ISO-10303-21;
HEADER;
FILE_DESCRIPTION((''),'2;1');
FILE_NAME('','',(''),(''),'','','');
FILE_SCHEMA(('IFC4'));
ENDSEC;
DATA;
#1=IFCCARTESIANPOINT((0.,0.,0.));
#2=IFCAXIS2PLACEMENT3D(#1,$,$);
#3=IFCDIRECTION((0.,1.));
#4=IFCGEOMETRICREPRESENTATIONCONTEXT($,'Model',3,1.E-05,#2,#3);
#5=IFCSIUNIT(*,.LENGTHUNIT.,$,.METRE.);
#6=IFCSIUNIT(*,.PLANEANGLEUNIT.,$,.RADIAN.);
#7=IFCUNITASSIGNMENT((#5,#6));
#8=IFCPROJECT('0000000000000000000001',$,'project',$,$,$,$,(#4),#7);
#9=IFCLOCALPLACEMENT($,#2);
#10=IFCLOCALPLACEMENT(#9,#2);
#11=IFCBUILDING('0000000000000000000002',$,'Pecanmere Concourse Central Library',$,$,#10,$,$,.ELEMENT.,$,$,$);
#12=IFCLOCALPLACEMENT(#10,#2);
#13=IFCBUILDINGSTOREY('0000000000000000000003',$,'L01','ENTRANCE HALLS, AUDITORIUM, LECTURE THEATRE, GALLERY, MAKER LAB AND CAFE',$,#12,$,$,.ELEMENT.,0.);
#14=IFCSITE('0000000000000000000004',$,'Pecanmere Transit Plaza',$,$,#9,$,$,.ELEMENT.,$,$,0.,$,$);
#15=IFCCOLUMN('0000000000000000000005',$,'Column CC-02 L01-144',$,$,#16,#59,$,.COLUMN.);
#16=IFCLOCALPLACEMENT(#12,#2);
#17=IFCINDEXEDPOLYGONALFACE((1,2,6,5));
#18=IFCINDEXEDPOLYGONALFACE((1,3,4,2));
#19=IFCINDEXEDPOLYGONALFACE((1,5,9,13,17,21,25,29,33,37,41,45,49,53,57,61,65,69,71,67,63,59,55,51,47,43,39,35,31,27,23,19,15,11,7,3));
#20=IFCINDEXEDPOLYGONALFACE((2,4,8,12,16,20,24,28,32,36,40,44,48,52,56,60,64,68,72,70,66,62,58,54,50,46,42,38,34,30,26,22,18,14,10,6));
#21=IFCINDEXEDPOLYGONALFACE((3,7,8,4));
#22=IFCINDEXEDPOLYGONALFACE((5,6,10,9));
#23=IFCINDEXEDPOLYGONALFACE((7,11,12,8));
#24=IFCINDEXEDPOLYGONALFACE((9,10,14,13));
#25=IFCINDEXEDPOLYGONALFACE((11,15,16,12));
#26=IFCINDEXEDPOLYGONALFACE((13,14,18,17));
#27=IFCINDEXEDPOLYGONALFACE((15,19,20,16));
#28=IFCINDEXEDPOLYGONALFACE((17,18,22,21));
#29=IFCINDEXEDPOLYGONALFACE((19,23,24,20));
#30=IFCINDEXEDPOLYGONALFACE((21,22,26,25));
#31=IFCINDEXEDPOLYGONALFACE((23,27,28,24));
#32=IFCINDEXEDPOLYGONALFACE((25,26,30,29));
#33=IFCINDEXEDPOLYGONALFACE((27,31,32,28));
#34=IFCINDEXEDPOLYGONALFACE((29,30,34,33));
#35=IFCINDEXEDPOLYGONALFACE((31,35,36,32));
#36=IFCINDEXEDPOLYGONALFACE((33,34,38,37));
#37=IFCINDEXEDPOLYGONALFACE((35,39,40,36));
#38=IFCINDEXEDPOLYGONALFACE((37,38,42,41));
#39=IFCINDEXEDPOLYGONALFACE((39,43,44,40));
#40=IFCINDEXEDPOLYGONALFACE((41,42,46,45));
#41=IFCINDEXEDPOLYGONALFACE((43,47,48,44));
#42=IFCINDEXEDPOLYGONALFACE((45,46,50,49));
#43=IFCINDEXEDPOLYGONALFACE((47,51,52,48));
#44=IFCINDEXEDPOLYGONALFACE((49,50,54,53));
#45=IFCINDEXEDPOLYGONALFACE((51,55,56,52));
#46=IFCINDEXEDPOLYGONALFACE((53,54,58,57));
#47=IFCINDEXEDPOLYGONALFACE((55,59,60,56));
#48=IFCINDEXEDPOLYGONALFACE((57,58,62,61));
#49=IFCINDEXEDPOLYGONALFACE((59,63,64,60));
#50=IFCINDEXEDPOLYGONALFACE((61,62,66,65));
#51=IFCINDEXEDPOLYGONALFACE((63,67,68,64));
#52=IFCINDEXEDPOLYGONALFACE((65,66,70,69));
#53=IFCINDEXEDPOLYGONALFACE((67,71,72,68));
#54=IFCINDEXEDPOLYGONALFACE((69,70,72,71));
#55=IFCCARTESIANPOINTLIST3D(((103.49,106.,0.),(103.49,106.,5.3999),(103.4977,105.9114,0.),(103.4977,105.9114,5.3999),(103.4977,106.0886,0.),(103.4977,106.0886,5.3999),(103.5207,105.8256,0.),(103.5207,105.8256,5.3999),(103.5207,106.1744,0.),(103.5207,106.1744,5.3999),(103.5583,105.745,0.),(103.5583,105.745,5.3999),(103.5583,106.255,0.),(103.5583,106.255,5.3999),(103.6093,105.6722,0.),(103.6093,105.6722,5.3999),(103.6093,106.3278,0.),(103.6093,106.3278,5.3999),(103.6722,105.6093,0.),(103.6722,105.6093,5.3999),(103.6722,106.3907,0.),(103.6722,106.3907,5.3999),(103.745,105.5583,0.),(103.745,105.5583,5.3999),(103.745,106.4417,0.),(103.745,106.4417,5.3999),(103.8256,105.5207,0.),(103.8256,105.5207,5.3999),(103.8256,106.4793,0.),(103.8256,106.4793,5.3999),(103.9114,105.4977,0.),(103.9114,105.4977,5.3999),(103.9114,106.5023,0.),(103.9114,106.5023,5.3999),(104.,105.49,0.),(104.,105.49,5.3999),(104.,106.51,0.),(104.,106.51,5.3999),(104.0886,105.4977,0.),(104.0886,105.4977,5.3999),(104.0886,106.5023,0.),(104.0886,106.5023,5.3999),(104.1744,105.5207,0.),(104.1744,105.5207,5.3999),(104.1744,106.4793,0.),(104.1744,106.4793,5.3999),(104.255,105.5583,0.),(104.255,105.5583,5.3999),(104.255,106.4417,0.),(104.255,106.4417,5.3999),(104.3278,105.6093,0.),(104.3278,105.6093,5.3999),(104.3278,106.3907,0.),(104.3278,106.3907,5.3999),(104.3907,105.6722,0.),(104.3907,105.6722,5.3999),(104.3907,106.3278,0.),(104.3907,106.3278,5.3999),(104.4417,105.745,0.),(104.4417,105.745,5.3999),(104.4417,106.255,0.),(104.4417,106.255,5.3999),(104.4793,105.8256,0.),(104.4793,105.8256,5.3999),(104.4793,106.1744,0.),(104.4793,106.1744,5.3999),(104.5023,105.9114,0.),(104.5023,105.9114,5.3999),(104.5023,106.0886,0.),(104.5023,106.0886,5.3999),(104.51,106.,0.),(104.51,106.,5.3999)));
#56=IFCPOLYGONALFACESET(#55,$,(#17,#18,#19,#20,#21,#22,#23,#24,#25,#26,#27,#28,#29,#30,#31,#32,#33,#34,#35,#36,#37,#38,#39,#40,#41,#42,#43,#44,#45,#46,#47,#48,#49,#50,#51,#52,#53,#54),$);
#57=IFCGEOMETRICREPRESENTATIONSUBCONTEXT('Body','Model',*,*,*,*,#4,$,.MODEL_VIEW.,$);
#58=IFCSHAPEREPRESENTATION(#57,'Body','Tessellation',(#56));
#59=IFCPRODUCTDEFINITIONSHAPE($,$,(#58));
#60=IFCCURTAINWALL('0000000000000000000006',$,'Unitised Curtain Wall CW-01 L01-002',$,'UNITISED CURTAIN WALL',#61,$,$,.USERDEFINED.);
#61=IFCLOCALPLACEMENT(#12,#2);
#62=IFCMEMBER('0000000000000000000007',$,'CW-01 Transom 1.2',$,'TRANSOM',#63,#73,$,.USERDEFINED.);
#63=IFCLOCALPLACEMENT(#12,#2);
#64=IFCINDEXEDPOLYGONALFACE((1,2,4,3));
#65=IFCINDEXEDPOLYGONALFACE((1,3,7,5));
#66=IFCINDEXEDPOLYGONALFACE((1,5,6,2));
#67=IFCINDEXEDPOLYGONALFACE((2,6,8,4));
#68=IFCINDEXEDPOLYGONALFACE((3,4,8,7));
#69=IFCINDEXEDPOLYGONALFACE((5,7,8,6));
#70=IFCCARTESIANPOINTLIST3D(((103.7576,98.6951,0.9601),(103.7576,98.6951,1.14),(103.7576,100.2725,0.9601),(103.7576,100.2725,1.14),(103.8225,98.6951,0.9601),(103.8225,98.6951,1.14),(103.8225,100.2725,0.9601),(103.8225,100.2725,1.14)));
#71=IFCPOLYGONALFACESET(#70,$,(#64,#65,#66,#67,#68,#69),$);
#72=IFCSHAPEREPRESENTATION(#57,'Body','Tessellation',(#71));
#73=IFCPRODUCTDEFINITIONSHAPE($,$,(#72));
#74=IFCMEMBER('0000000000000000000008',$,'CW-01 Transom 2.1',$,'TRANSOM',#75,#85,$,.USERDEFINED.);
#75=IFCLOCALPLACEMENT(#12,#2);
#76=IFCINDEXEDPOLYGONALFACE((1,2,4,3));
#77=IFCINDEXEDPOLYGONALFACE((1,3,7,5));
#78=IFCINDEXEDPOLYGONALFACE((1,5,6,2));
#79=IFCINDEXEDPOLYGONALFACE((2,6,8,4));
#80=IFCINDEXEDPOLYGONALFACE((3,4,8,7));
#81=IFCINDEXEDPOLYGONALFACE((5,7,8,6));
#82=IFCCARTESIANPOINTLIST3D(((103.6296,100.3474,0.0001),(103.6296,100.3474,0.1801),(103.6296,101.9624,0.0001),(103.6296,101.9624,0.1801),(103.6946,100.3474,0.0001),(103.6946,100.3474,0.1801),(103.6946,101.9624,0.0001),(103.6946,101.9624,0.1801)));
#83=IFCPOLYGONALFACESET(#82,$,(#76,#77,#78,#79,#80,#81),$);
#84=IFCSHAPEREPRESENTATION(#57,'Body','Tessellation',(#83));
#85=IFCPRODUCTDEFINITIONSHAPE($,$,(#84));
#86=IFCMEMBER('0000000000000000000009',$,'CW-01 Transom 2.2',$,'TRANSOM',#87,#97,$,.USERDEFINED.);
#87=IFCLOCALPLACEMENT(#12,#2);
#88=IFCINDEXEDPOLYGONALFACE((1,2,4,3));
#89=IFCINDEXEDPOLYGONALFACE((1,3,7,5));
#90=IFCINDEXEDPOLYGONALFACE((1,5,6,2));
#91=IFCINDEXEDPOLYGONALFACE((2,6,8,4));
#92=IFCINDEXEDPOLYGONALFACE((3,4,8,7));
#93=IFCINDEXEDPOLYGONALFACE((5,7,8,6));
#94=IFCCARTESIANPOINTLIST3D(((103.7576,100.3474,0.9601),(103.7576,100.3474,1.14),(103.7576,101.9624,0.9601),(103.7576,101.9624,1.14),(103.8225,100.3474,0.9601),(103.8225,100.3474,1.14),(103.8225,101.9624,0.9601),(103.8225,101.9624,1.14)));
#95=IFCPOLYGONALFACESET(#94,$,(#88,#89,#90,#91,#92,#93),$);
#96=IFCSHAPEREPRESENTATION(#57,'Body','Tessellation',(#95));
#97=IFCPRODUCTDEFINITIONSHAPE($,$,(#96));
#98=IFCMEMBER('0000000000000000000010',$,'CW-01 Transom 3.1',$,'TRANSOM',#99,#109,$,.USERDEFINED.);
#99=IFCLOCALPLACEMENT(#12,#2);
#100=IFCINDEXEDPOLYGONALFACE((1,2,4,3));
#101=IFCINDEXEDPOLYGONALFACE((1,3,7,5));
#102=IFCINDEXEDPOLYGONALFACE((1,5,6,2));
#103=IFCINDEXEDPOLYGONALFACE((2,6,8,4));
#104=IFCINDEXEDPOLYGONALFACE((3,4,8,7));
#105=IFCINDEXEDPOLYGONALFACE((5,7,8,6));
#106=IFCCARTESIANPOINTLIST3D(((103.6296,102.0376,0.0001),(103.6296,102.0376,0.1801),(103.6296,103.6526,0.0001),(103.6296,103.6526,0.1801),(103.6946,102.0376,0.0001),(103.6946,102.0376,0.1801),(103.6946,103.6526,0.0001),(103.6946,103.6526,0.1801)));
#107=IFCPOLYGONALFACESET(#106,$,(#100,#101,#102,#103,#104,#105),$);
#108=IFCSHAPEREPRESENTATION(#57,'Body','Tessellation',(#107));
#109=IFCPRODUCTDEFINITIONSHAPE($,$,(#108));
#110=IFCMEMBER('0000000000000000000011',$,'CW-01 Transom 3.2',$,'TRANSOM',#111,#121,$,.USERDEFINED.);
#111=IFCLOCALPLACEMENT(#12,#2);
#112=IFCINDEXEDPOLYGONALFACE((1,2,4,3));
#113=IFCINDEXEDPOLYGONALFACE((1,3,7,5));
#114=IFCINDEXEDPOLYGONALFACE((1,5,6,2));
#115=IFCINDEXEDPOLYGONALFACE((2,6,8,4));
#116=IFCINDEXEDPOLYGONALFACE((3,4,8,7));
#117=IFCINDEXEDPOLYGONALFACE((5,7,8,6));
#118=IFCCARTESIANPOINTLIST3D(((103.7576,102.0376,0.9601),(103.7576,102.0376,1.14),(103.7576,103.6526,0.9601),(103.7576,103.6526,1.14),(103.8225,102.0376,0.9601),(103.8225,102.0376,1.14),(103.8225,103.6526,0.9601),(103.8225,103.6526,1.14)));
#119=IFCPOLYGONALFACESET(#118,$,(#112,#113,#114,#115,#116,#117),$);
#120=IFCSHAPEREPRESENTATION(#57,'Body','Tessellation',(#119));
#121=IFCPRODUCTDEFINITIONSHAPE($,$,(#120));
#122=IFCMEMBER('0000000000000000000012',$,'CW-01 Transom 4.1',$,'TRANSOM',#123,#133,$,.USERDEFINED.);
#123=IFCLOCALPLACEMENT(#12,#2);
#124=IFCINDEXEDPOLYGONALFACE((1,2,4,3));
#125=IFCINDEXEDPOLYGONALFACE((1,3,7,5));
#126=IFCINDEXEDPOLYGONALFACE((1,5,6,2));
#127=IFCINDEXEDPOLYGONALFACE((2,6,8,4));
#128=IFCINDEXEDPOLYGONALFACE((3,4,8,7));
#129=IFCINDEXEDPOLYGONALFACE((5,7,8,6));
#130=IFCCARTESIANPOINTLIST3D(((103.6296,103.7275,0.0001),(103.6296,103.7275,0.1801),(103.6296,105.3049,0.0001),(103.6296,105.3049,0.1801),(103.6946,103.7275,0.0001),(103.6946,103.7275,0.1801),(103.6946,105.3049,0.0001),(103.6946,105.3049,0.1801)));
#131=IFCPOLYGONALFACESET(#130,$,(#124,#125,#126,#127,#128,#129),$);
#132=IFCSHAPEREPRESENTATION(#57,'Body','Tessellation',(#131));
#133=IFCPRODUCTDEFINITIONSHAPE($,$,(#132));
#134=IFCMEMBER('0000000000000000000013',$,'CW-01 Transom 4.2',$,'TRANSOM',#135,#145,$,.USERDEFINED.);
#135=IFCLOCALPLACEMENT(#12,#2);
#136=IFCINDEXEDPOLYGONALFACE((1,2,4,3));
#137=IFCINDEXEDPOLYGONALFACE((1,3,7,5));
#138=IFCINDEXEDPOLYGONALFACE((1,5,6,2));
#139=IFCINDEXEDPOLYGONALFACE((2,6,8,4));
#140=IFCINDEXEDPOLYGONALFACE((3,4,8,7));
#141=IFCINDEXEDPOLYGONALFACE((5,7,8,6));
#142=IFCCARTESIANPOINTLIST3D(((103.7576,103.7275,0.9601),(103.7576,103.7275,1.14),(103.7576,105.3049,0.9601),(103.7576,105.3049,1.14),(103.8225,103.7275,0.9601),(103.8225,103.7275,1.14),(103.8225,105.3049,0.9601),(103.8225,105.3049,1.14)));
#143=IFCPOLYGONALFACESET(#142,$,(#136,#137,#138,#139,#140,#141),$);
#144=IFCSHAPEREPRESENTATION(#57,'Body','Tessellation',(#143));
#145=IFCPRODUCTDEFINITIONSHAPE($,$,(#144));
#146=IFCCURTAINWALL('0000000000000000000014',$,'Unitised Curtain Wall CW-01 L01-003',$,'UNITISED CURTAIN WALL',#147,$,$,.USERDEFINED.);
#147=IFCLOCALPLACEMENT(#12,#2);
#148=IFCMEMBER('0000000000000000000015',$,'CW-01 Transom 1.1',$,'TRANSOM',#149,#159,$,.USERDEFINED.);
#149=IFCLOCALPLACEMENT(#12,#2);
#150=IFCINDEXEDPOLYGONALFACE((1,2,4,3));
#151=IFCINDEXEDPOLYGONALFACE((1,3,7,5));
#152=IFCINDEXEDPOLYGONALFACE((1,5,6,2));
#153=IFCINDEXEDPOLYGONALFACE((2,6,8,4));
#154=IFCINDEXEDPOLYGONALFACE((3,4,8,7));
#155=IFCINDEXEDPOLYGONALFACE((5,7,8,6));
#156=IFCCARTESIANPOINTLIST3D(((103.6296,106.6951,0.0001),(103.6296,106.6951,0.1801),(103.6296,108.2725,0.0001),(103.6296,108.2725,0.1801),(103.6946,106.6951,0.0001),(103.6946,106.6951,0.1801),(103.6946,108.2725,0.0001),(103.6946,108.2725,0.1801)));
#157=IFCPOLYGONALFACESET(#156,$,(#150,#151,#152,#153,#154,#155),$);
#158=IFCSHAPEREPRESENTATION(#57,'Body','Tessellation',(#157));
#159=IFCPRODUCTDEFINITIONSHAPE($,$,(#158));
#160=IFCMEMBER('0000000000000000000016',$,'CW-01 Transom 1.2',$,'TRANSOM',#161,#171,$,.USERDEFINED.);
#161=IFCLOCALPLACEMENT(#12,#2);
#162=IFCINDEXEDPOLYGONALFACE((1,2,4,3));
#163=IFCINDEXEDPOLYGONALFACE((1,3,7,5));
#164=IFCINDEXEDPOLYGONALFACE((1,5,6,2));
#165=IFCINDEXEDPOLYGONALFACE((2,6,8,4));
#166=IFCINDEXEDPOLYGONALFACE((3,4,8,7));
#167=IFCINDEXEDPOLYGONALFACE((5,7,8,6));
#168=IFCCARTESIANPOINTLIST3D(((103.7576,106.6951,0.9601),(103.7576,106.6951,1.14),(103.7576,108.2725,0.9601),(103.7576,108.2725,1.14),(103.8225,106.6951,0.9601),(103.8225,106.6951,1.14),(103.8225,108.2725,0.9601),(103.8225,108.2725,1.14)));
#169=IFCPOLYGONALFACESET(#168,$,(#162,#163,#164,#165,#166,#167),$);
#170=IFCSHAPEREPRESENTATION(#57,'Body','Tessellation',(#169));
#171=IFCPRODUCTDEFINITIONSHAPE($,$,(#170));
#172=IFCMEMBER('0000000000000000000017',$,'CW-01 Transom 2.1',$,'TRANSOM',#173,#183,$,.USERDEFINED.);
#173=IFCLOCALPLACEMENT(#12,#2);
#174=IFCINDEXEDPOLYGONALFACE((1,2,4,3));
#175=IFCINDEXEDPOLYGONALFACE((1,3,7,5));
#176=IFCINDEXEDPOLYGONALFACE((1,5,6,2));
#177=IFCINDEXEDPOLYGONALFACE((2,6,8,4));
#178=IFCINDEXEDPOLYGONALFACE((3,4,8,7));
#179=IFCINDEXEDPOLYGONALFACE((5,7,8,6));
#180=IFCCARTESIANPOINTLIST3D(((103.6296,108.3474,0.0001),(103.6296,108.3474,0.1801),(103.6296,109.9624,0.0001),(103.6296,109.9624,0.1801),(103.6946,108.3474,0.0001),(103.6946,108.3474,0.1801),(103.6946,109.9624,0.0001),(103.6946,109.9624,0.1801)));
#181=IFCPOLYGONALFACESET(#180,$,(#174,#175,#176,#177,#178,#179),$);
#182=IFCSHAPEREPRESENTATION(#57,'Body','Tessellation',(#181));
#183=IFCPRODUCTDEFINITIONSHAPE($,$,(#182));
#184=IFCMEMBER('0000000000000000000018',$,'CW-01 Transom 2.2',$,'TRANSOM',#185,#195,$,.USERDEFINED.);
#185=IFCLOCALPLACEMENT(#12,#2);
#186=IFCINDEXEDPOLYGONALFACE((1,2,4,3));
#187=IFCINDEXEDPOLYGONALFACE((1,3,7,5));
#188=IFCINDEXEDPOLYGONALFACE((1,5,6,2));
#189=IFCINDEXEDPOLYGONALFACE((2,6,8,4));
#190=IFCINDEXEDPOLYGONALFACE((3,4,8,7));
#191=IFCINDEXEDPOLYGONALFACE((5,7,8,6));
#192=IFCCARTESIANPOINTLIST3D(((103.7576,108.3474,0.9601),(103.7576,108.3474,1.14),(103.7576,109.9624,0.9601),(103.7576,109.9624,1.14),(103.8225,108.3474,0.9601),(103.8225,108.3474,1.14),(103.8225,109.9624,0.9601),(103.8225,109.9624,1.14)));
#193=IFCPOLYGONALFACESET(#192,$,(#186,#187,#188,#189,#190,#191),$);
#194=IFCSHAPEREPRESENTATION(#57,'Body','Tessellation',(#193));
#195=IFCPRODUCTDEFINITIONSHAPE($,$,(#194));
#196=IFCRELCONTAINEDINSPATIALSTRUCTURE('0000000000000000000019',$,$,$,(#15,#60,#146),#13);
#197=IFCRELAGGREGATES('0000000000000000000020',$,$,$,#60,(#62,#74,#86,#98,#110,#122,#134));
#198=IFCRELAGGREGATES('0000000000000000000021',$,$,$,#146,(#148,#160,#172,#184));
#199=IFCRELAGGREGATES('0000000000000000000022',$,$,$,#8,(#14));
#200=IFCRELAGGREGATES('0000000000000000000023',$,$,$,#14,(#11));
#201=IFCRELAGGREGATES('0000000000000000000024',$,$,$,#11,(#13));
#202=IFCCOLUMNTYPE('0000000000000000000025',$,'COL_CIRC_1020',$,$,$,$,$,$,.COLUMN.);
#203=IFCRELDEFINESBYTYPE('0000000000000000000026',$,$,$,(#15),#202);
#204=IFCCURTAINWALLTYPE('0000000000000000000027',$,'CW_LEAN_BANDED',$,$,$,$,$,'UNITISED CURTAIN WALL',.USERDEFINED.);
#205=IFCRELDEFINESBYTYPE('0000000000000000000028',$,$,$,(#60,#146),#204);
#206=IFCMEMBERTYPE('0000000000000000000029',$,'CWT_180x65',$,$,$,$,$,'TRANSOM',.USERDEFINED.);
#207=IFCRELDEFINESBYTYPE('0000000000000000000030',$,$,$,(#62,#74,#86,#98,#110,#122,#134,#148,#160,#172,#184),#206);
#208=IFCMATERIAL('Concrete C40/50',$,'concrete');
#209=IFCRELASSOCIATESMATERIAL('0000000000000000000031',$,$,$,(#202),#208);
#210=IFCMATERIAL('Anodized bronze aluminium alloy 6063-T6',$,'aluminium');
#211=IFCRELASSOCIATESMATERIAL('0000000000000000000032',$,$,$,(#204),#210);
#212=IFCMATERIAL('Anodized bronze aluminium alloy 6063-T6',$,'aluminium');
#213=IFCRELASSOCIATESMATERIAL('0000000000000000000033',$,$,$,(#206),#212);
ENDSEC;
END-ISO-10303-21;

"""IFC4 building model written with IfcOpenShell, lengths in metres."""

from ifc_helpers import new_model, si_unit, direction, frame, origin, origin_2d, place, context, subcontext, project, spatial, rectangle, circle, extrude, material, material_profile, profile_set, type_object, element, aggregate, save


model = new_model("IFC4")

# Units and contexts
model_context = context("Model", 3, precision=1e-05, world=origin(), true_north=direction((0.0, 1.0)))
body_context = subcontext(model_context, "Body", "Model", "MODEL_VIEW")
ifc_project = project(units=[si_unit("LENGTHUNIT", "METRE"), si_unit("PLANEANGLEUNIT", "RADIAN")], contexts=[model_context])

# Site, building, storey
site_placement = place(None, origin())
site = spatial("IfcSite", under=ifc_project, at=site_placement, Name="Pecanmere Transit Plaza", CompositionType="ELEMENT", RefElevation=0.0)
building_placement = place(site_placement, origin())
building = spatial("IfcBuilding", under=site, at=building_placement, Name="Pecanmere Concourse Central Library", CompositionType="ELEMENT")
storey_placement = place(building_placement, origin())
storey = spatial("IfcBuildingStorey", under=building, at=storey_placement, Name="L01", Description="ENTRANCE HALLS, AUDITORIUM, LECTURE THEATRE, GALLERY, MAKER LAB AND CAFE", CompositionType="ELEMENT", Elevation=0.0)

# Column
ifc_material_1 = material(Name="Concrete C40/50", Category="concrete")
ifc_material_profile_1 = material_profile(ifc_material_1, circle(Radius=0.51, at=origin_2d()), Name="RC D1020")
ifc_profile_set_1 = profile_set([ifc_material_profile_1], Name="Concrete C40/50")
column_type = type_object("IfcColumnType", Name="COL_CIRC_1020", PredefinedType="COLUMN", material=ifc_profile_set_1)
column_placement = place(storey_placement, frame((104.0, 106.0, 0.0), z_axis=(0.0, 0.0, 1.0), x_axis=(1.0, 0.0, 0.0)))
element("IfcColumn", 1, at=column_placement, inside=storey, type_object=column_type, Name="Column CC-02 L01-144", PredefinedType="COLUMN", context=body_context, shape_type="SweptSolid", body=[
    extrude(circle(Radius=0.51, at=origin_2d()), origin(), (0.0, 0.0, 1.0), 5.3999),
])

# Curtain walls, members
ifc_material_2 = material(Name="Anodized bronze aluminium alloy 6063-T6", Category="aluminium")
curtain_wall_type = type_object("IfcCurtainWallType", Name="CW_LEAN_BANDED", ElementType="UNITISED CURTAIN WALL", PredefinedType="USERDEFINED", material=ifc_material_2)
curtain_wall_1_placement = place(storey_placement, origin())
curtain_wall_1 = element("IfcCurtainWall", 2, at=curtain_wall_1_placement, inside=storey, type_object=curtain_wall_type, Name="Unitised Curtain Wall CW-01 L01-002", ObjectType="UNITISED CURTAIN WALL", PredefinedType="USERDEFINED")
ifc_material_3 = material(Name="Anodized bronze aluminium alloy 6063-T6", Category="aluminium")
ifc_material_profile_2 = material_profile(ifc_material_3, rectangle(XDim=0.0649, YDim=0.1799, at=origin_2d()), Name="AL 65x180")
ifc_profile_set_2 = profile_set([ifc_material_profile_2], Name="Anodized bronze aluminium alloy 6063-T6")
member_type = type_object("IfcMemberType", Name="CWT_180x65", ElementType="TRANSOM", PredefinedType="USERDEFINED", material=ifc_profile_set_2)
member_1_placement = place(storey_placement, frame((103.79, 98.6951, 1.05), z_axis=(0.0, 1.0, 0.0), x_axis=(-1.0, 0.0, 0.0)))
member_1 = element("IfcMember", 3, at=member_1_placement, type_object=member_type, Name="CW-01 Transom 1.2", ObjectType="TRANSOM", PredefinedType="USERDEFINED", context=body_context, shape_type="SweptSolid", body=[
    extrude(rectangle(XDim=0.0649, YDim=0.1799, at=origin_2d()), origin(), (0.0, 0.0, 1.0), 1.5774),
])
member_2_placement = place(storey_placement, frame((103.6621, 100.3474, 0.0901), z_axis=(0.0, 1.0, 0.0), x_axis=(-1.0, 0.0, 0.0)))
member_2 = element("IfcMember", 4, at=member_2_placement, type_object=member_type, Name="CW-01 Transom 2.1", ObjectType="TRANSOM", PredefinedType="USERDEFINED", context=body_context, shape_type="SweptSolid", body=[
    extrude(rectangle(XDim=0.0649, YDim=0.1799, at=origin_2d()), origin(), (0.0, 0.0, 1.0), 1.615),
])
member_3_placement = place(storey_placement, frame((103.79, 100.3474, 1.05), z_axis=(0.0, 1.0, 0.0), x_axis=(-1.0, 0.0, 0.0)))
member_3 = element("IfcMember", 5, at=member_3_placement, type_object=member_type, Name="CW-01 Transom 2.2", ObjectType="TRANSOM", PredefinedType="USERDEFINED", context=body_context, shape_type="SweptSolid", body=[
    extrude(rectangle(XDim=0.0649, YDim=0.1799, at=origin_2d()), origin(), (0.0, 0.0, 1.0), 1.615),
])
member_4_placement = place(storey_placement, frame((103.6621, 102.0376, 0.0901), z_axis=(0.0, 1.0, 0.0), x_axis=(-1.0, 0.0, 0.0)))
member_4 = element("IfcMember", 6, at=member_4_placement, type_object=member_type, Name="CW-01 Transom 3.1", ObjectType="TRANSOM", PredefinedType="USERDEFINED", context=body_context, shape_type="SweptSolid", body=[
    extrude(rectangle(XDim=0.0649, YDim=0.1799, at=origin_2d()), origin(), (0.0, 0.0, 1.0), 1.615),
])
member_5_placement = place(storey_placement, frame((103.79, 102.0376, 1.05), z_axis=(0.0, 1.0, 0.0), x_axis=(-1.0, 0.0, 0.0)))
member_5 = element("IfcMember", 7, at=member_5_placement, type_object=member_type, Name="CW-01 Transom 3.2", ObjectType="TRANSOM", PredefinedType="USERDEFINED", context=body_context, shape_type="SweptSolid", body=[
    extrude(rectangle(XDim=0.0649, YDim=0.1799, at=origin_2d()), origin(), (0.0, 0.0, 1.0), 1.615),
])
member_6_placement = place(storey_placement, frame((103.6621, 103.7275, 0.0901), z_axis=(0.0, 1.0, 0.0), x_axis=(-1.0, 0.0, 0.0)))
member_6 = element("IfcMember", 8, at=member_6_placement, type_object=member_type, Name="CW-01 Transom 4.1", ObjectType="TRANSOM", PredefinedType="USERDEFINED", context=body_context, shape_type="SweptSolid", body=[
    extrude(rectangle(XDim=0.0649, YDim=0.1799, at=origin_2d()), origin(), (0.0, 0.0, 1.0), 1.5774),
])
member_7_placement = place(storey_placement, frame((103.79, 103.7275, 1.05), z_axis=(0.0, 1.0, 0.0), x_axis=(-1.0, 0.0, 0.0)))
member_7 = element("IfcMember", 9, at=member_7_placement, type_object=member_type, Name="CW-01 Transom 4.2", ObjectType="TRANSOM", PredefinedType="USERDEFINED", context=body_context, shape_type="SweptSolid", body=[
    extrude(rectangle(XDim=0.0649, YDim=0.1799, at=origin_2d()), origin(), (0.0, 0.0, 1.0), 1.5774),
])
curtain_wall_2_placement = place(storey_placement, origin())
curtain_wall_2 = element("IfcCurtainWall", 10, at=curtain_wall_2_placement, inside=storey, type_object=curtain_wall_type, Name="Unitised Curtain Wall CW-01 L01-003", ObjectType="UNITISED CURTAIN WALL", PredefinedType="USERDEFINED")
member_8_placement = place(storey_placement, frame((103.6621, 106.6951, 0.0901), z_axis=(0.0, 1.0, 0.0), x_axis=(-1.0, 0.0, 0.0)))
member_8 = element("IfcMember", 11, at=member_8_placement, type_object=member_type, Name="CW-01 Transom 1.1", ObjectType="TRANSOM", PredefinedType="USERDEFINED", context=body_context, shape_type="SweptSolid", body=[
    extrude(rectangle(XDim=0.0649, YDim=0.1799, at=origin_2d()), origin(), (0.0, 0.0, 1.0), 1.5774),
])
member_9_placement = place(storey_placement, frame((103.79, 106.6951, 1.05), z_axis=(0.0, 1.0, 0.0), x_axis=(-1.0, 0.0, 0.0)))
member_9 = element("IfcMember", 12, at=member_9_placement, type_object=member_type, Name="CW-01 Transom 1.2", ObjectType="TRANSOM", PredefinedType="USERDEFINED", context=body_context, shape_type="SweptSolid", body=[
    extrude(rectangle(XDim=0.0649, YDim=0.1799, at=origin_2d()), origin(), (0.0, 0.0, 1.0), 1.5774),
])
member_10_placement = place(storey_placement, frame((103.6621, 108.3474, 0.0901), z_axis=(0.0, 1.0, 0.0), x_axis=(-1.0, 0.0, 0.0)))
member_10 = element("IfcMember", 13, at=member_10_placement, type_object=member_type, Name="CW-01 Transom 2.1", ObjectType="TRANSOM", PredefinedType="USERDEFINED", context=body_context, shape_type="SweptSolid", body=[
    extrude(rectangle(XDim=0.0649, YDim=0.1799, at=origin_2d()), origin(), (0.0, 0.0, 1.0), 1.615),
])
member_11_placement = place(storey_placement, frame((103.79, 108.3474, 1.05), z_axis=(0.0, 1.0, 0.0), x_axis=(-1.0, 0.0, 0.0)))
member_11 = element("IfcMember", 14, at=member_11_placement, type_object=member_type, Name="CW-01 Transom 2.2", ObjectType="TRANSOM", PredefinedType="USERDEFINED", context=body_context, shape_type="SweptSolid", body=[
    extrude(rectangle(XDim=0.0649, YDim=0.1799, at=origin_2d()), origin(), (0.0, 0.0, 1.0), 1.615),
])

aggregate(curtain_wall_1, [member_1, member_2, member_3, member_4, member_5, member_6, member_7])
aggregate(curtain_wall_2, [member_8, member_9, member_10, member_11])

save(model, "model.ifc")
